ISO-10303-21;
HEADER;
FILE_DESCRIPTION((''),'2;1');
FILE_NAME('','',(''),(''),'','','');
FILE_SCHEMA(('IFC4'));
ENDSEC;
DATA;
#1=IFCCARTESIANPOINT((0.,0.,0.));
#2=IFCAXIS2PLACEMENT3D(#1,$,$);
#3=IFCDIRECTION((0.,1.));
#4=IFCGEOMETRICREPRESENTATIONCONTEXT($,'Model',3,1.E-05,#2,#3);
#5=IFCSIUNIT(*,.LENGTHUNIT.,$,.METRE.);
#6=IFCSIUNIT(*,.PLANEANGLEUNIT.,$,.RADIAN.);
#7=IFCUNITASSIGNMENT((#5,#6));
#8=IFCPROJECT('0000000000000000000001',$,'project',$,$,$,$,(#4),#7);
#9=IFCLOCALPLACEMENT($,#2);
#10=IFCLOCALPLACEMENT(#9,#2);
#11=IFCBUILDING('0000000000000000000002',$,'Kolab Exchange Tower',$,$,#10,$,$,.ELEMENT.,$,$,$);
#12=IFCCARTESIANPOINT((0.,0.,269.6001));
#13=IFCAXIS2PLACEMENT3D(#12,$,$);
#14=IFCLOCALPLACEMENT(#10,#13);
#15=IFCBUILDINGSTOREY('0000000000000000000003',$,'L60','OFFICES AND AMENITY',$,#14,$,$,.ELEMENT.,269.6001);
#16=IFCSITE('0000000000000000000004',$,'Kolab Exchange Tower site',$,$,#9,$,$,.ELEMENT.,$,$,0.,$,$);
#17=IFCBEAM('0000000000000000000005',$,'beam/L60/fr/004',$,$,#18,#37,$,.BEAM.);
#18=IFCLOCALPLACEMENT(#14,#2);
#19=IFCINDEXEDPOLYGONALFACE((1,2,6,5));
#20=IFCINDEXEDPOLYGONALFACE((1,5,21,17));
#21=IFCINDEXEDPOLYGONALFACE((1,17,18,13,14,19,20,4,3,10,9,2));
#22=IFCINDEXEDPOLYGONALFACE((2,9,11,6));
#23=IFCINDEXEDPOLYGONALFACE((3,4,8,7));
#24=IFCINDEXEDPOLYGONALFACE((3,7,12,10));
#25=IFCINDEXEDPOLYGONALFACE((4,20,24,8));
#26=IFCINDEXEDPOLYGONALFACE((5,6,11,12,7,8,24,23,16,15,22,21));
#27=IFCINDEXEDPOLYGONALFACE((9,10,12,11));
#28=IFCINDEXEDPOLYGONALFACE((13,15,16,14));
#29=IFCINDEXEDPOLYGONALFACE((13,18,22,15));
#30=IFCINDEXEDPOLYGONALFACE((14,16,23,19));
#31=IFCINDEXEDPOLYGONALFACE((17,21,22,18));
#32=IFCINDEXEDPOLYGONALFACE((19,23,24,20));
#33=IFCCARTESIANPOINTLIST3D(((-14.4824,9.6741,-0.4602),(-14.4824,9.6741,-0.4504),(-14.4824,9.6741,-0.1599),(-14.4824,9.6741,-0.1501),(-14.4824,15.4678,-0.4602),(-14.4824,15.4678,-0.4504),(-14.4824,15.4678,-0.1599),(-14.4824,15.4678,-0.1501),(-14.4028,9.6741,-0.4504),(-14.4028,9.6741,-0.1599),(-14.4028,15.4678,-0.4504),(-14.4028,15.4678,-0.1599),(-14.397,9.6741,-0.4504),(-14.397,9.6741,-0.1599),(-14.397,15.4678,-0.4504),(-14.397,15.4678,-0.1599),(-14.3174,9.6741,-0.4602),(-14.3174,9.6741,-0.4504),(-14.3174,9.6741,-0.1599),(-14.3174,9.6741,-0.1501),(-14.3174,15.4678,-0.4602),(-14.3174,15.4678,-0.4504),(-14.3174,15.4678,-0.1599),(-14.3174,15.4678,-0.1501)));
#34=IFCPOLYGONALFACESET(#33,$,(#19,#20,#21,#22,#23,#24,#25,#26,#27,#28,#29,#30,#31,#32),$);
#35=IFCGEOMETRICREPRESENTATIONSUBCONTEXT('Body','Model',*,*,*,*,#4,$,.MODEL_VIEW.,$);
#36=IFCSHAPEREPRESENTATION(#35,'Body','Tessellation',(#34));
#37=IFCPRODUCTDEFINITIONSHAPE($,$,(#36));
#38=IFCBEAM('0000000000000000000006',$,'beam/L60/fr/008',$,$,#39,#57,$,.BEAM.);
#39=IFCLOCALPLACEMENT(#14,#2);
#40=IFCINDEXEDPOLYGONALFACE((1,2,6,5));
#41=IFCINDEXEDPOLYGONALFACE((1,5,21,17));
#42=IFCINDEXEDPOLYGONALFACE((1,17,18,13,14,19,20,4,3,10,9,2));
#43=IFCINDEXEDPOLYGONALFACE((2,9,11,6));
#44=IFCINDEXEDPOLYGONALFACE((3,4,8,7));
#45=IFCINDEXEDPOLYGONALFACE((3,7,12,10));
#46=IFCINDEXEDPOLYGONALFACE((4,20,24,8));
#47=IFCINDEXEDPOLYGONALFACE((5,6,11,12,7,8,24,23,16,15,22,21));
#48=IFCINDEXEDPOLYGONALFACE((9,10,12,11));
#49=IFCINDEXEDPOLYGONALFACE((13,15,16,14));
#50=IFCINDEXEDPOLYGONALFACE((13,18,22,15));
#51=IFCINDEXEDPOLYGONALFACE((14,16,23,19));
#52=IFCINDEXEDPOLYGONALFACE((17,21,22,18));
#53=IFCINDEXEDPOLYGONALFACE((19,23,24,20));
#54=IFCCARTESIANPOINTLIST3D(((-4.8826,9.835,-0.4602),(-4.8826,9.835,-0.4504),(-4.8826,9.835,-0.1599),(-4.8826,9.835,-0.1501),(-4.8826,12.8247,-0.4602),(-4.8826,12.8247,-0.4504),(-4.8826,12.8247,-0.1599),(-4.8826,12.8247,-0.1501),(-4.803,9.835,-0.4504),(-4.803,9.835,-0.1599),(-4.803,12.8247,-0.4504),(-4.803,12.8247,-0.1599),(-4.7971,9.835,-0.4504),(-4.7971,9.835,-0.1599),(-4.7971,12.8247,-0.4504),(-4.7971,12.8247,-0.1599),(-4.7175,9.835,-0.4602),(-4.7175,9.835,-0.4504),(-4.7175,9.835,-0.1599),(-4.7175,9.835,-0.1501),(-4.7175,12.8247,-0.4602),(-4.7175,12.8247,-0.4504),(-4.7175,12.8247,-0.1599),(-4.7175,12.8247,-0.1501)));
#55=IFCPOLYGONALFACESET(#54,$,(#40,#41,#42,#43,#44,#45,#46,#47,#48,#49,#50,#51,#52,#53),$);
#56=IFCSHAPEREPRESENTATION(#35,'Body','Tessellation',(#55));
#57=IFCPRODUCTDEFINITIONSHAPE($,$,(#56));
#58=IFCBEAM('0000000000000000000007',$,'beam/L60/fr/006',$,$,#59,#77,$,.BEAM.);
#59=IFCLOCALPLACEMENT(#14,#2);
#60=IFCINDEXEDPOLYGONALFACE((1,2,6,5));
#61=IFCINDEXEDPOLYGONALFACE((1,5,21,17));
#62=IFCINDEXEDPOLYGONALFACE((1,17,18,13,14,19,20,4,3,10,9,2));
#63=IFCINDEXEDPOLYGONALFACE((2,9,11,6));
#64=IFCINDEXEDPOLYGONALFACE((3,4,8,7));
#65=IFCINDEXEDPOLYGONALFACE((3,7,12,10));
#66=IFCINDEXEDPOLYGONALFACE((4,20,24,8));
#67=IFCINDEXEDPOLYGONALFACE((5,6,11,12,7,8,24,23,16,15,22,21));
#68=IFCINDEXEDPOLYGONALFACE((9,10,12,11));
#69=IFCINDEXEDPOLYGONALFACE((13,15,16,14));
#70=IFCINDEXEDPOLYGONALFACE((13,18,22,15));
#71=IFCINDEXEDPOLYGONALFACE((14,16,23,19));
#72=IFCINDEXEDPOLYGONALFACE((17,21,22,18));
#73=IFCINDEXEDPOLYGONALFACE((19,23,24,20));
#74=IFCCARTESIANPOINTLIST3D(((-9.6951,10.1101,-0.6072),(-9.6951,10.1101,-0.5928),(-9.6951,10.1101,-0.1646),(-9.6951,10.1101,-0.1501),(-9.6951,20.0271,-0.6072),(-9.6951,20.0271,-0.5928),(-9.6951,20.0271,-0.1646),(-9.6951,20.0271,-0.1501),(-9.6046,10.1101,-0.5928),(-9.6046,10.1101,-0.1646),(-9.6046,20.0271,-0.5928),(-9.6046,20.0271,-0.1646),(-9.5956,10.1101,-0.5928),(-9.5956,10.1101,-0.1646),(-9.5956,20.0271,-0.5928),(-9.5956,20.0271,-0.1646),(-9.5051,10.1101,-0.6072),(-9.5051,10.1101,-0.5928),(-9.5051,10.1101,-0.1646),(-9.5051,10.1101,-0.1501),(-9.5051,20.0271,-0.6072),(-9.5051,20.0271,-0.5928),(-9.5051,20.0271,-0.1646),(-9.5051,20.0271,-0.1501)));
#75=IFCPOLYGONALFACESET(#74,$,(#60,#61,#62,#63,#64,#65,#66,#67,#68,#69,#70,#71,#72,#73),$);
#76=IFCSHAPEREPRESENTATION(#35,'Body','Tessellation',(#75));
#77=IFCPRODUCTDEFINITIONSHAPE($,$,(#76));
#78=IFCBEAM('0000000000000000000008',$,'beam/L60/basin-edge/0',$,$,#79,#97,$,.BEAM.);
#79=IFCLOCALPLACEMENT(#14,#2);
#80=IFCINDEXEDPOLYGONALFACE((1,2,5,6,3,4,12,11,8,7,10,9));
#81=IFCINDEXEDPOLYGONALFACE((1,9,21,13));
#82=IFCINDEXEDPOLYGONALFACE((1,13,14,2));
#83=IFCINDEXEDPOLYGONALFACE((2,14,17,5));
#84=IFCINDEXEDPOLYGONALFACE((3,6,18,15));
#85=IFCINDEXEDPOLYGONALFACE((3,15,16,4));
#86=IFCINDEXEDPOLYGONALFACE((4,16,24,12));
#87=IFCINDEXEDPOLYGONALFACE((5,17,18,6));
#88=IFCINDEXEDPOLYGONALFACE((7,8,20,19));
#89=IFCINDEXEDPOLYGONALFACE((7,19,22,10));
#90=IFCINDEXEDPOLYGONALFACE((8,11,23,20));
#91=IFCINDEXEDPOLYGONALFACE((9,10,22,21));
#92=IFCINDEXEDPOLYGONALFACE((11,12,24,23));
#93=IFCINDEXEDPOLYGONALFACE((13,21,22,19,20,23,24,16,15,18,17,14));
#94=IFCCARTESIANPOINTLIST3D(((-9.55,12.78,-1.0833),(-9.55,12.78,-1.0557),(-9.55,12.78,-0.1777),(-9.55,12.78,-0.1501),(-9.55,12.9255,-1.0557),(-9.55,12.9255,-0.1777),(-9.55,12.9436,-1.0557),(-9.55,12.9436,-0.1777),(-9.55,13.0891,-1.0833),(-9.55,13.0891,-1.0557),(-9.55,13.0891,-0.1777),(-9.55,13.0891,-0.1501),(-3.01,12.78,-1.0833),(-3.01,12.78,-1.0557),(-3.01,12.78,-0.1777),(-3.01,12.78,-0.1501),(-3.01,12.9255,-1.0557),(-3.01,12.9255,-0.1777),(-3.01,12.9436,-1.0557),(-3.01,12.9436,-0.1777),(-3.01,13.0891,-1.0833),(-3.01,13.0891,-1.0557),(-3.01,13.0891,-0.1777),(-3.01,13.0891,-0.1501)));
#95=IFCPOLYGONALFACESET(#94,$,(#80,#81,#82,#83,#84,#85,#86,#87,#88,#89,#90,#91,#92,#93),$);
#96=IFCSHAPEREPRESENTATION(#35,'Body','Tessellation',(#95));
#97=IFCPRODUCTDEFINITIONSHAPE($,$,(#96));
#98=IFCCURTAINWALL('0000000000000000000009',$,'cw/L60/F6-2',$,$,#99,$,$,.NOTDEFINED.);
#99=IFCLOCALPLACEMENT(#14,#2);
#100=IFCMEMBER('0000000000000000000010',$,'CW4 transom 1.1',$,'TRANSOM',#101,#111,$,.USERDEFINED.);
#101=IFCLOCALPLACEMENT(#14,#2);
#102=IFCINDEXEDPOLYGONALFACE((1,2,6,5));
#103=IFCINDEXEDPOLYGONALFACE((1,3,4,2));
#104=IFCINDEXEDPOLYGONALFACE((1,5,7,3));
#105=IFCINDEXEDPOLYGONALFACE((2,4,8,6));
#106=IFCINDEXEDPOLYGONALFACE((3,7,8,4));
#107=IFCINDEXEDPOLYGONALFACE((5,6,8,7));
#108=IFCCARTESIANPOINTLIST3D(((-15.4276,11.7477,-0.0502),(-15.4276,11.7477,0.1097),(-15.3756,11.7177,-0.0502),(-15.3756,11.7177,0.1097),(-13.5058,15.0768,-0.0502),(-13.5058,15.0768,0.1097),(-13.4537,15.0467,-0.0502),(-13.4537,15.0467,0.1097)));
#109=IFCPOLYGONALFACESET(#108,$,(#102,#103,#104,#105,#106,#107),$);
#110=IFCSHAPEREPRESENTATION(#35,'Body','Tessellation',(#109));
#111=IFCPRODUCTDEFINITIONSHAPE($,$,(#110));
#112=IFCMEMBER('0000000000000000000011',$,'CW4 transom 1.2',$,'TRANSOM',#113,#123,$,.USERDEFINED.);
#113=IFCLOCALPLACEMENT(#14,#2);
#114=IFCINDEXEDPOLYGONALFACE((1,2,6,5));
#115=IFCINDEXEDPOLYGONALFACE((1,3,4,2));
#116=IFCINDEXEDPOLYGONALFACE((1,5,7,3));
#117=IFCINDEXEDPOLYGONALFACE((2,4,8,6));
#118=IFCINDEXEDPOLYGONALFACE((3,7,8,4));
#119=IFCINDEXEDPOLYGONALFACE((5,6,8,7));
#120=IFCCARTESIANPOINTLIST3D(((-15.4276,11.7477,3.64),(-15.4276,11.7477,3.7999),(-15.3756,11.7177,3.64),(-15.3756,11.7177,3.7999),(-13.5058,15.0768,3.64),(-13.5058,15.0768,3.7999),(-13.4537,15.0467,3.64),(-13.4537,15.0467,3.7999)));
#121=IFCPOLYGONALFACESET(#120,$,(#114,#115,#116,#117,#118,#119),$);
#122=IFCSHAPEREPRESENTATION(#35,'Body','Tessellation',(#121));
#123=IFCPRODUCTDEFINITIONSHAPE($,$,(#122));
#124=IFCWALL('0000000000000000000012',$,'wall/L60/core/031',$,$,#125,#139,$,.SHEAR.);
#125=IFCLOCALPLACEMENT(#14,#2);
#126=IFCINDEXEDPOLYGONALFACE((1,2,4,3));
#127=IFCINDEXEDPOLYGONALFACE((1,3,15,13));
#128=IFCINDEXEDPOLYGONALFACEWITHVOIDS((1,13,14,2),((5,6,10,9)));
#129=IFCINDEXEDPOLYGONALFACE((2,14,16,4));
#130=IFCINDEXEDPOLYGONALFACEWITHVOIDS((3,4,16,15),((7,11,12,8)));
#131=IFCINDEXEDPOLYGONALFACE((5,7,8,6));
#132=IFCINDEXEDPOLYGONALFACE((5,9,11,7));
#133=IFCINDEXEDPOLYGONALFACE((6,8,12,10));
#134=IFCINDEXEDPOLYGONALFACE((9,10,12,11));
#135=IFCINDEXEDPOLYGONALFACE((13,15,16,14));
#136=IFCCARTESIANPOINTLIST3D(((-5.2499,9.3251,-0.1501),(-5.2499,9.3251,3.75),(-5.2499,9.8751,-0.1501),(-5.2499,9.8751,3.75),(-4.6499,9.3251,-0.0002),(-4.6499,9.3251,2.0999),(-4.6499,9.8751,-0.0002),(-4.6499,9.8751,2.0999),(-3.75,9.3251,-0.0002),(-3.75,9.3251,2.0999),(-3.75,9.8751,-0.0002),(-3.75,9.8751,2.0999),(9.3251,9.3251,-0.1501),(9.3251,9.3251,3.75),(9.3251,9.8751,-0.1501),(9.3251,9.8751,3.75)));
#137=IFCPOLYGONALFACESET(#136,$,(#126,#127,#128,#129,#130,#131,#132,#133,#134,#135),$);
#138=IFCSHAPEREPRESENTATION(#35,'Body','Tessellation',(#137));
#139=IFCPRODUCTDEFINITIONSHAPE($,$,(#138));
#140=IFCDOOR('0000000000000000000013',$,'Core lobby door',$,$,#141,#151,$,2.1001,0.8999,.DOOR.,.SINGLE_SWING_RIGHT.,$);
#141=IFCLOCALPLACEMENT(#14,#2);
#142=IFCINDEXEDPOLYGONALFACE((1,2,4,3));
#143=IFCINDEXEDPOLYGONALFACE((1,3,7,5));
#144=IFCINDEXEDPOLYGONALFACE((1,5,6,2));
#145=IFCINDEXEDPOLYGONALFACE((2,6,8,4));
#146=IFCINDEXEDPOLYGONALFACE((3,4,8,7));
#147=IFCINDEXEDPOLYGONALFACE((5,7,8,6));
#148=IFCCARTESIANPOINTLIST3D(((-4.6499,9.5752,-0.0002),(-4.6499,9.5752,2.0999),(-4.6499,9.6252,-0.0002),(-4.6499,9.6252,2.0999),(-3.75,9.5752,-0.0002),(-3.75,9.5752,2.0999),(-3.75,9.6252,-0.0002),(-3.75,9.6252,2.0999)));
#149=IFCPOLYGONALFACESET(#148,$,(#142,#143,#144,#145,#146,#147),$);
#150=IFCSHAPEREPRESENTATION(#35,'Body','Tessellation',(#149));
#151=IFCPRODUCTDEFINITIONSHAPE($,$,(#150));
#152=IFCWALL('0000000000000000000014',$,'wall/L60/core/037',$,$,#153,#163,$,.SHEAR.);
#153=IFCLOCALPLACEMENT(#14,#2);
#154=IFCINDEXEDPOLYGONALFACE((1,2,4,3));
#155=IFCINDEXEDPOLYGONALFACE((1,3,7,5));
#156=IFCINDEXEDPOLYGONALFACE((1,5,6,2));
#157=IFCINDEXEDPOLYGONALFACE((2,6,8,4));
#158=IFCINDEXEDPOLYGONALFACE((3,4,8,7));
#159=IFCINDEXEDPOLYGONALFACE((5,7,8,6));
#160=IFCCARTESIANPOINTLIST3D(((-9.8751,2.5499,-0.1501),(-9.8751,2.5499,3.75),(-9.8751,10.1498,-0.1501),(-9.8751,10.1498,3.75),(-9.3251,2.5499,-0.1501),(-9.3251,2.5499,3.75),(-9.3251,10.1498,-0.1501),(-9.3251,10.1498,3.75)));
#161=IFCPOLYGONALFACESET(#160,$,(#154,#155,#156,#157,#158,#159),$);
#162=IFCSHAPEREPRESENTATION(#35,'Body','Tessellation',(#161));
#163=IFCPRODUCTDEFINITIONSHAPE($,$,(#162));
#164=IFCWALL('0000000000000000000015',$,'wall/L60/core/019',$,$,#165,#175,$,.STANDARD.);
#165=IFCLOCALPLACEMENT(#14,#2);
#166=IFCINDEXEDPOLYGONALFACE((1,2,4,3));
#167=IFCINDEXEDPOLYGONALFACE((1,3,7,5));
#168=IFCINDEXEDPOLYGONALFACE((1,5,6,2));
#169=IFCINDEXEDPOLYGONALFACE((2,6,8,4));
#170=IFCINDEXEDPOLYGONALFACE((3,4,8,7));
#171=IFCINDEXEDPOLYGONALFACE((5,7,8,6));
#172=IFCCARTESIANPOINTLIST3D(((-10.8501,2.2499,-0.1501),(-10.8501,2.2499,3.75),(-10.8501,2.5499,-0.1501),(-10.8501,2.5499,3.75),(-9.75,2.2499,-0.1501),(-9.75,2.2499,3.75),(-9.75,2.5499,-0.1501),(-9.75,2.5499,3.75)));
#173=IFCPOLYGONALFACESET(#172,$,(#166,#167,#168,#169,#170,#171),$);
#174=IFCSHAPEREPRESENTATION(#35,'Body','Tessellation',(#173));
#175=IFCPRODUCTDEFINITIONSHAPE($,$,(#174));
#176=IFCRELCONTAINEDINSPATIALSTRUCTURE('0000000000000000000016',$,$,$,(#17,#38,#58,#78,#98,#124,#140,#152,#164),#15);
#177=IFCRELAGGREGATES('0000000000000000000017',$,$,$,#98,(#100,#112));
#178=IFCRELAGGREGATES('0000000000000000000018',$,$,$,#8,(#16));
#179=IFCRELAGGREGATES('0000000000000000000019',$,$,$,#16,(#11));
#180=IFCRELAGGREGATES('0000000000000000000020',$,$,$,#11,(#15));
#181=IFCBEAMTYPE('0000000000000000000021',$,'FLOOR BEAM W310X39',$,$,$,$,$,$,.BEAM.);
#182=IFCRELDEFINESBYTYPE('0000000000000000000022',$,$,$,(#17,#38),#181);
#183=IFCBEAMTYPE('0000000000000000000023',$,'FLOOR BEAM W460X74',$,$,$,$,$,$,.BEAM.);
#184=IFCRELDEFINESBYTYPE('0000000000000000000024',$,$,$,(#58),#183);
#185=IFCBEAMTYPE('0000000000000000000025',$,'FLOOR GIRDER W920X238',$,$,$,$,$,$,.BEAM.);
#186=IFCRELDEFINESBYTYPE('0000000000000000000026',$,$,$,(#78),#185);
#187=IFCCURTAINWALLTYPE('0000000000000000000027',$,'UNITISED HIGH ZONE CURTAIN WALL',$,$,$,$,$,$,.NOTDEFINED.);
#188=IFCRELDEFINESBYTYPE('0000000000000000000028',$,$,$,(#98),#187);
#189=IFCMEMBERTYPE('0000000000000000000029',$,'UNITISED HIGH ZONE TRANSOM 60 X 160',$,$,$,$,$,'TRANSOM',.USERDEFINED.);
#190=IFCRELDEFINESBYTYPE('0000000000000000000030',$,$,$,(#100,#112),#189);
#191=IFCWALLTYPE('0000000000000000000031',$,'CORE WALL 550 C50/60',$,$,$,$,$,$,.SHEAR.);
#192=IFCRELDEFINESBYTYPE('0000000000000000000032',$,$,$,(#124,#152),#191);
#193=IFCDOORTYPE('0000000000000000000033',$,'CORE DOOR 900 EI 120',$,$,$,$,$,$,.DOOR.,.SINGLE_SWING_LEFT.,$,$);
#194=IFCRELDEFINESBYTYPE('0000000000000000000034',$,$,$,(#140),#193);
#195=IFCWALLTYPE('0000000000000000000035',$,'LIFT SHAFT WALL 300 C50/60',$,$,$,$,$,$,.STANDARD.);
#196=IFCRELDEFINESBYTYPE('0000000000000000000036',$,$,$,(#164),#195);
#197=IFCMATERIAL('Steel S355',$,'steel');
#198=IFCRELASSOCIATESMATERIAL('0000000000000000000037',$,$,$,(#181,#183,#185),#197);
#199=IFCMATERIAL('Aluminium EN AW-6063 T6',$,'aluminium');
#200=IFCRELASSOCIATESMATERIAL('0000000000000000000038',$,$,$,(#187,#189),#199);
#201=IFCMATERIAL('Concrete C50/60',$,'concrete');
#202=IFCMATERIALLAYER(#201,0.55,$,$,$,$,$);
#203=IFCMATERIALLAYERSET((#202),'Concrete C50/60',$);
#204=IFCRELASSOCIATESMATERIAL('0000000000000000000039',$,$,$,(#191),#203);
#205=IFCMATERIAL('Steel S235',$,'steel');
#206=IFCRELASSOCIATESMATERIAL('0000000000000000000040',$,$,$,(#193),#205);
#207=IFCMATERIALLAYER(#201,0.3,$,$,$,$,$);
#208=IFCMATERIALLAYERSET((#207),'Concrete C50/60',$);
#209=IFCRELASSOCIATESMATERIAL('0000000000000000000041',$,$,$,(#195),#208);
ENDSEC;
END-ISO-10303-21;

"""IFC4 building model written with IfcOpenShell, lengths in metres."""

from ifc_helpers import new_model, si_unit, direction, frame, frame_2d, origin, origin_2d, place, context, subcontext, project, spatial, rectangle, i_section, extrude, material, layer, layer_set, material_profile, profile_set, type_object, element, fill, aggregate, save


model = new_model("IFC4")

# Units and contexts
model_context = context("Model", 3, precision=1e-05, world=origin(), true_north=direction((0.0, 1.0)))
body_context = subcontext(model_context, "Body", "Model", "MODEL_VIEW")
ifc_project = project(units=[si_unit("LENGTHUNIT", "METRE"), si_unit("PLANEANGLEUNIT", "RADIAN")], contexts=[model_context])

# Site, building, storey
site_placement = place(None, origin())
site = spatial("IfcSite", under=ifc_project, at=site_placement, Name="Kolab Exchange Tower site", CompositionType="ELEMENT", RefElevation=0.0)
building_placement = place(site_placement, origin())
building = spatial("IfcBuilding", under=site, at=building_placement, Name="Kolab Exchange Tower", CompositionType="ELEMENT")
storey_placement = place(building_placement, frame((0.0, 0.0, 269.6001)))
storey = spatial("IfcBuildingStorey", under=building, at=storey_placement, Name="L60", Description="OFFICES AND AMENITY", CompositionType="ELEMENT", Elevation=269.6001)

# Beams
ifc_material_1 = material(Name="Steel S355", Category="steel")
ifc_material_profile_1 = material_profile(ifc_material_1, i_section(OverallWidth=0.165, OverallDepth=0.3101, WebThickness=0.0059, FlangeThickness=0.0098, at=origin_2d()), Name="W310X39")
ifc_profile_set_1 = profile_set([ifc_material_profile_1], Name="Steel S355")
beam_type_1 = type_object("IfcBeamType", Name="FLOOR BEAM W310X39", PredefinedType="BEAM", material=ifc_profile_set_1)
beam_1_placement = place(storey_placement, frame((-14.3999, 9.6741, -0.3052), z_axis=(0.0, 1.0, 0.0), x_axis=(-1.0, 0.0, 0.0)))
element("IfcBeam", 1, at=beam_1_placement, inside=storey, type_object=beam_type_1, Name="beam/L60/fr/004", PredefinedType="BEAM", context=body_context, shape_type="SweptSolid", body=[
    extrude(i_section(OverallWidth=0.165, OverallDepth=0.3101, WebThickness=0.0059, FlangeThickness=0.0098, at=origin_2d()), origin(), (0.0, 0.0, 1.0), 5.7937),
])
beam_2_placement = place(storey_placement, frame((-4.8, 9.835, -0.3052), z_axis=(0.0, 1.0, 0.0), x_axis=(-1.0, 0.0, 0.0)))
element("IfcBeam", 2, at=beam_2_placement, inside=storey, type_object=beam_type_1, Name="beam/L60/fr/008", PredefinedType="BEAM", context=body_context, shape_type="SweptSolid", body=[
    extrude(i_section(OverallWidth=0.165, OverallDepth=0.3101, WebThickness=0.0059, FlangeThickness=0.0098, at=origin_2d()), origin(), (0.0, 0.0, 1.0), 2.9897),
])
ifc_material_profile_2 = material_profile(ifc_material_1, i_section(OverallWidth=0.1899, OverallDepth=0.457, WebThickness=0.009, FlangeThickness=0.0144, at=origin_2d()), Name="W460X74")
ifc_profile_set_2 = profile_set([ifc_material_profile_2], Name="Steel S355")
beam_type_2 = type_object("IfcBeamType", Name="FLOOR BEAM W460X74", PredefinedType="BEAM", material=ifc_profile_set_2)
beam_3_placement = place(storey_placement, frame((-9.6001, 10.1101, -0.3787), z_axis=(0.0, 1.0, 0.0), x_axis=(-1.0, 0.0, 0.0)))
element("IfcBeam", 3, at=beam_3_placement, inside=storey, type_object=beam_type_2, Name="beam/L60/fr/006", PredefinedType="BEAM", context=body_context, shape_type="SweptSolid", body=[
    extrude(i_section(OverallWidth=0.1899, OverallDepth=0.457, WebThickness=0.009, FlangeThickness=0.0144, at=origin_2d()), origin(), (0.0, 0.0, 1.0), 9.917),
])
ifc_material_profile_3 = material_profile(ifc_material_1, i_section(OverallWidth=0.3091, OverallDepth=0.9331, WebThickness=0.0181, FlangeThickness=0.0276, at=origin_2d()), Name="W920X238")
ifc_profile_set_3 = profile_set([ifc_material_profile_3], Name="Steel S355")
beam_type_3 = type_object("IfcBeamType", Name="FLOOR GIRDER W920X238", PredefinedType="BEAM", material=ifc_profile_set_3)
beam_4_placement = place(storey_placement, frame((-9.55, 12.9346, -0.6167), z_axis=(1.0, 0.0, 0.0), x_axis=(0.0, 1.0, 0.0)))
element("IfcBeam", 4, at=beam_4_placement, inside=storey, type_object=beam_type_3, Name="beam/L60/basin-edge/0", PredefinedType="BEAM", context=body_context, shape_type="SweptSolid", body=[
    extrude(i_section(OverallWidth=0.3091, OverallDepth=0.9331, WebThickness=0.0181, FlangeThickness=0.0276, at=origin_2d()), origin(), (0.0, 0.0, 1.0), 6.54),
])

# Curtain wall, members
ifc_material_2 = material(Name="Aluminium EN AW-6063 T6", Category="aluminium")
curtain_wall_type = type_object("IfcCurtainWallType", Name="UNITISED HIGH ZONE CURTAIN WALL", PredefinedType="NOTDEFINED", material=ifc_material_2)
curtain_wall_placement = place(storey_placement, origin())
curtain_wall = element("IfcCurtainWall", 5, at=curtain_wall_placement, inside=storey, type_object=curtain_wall_type, Name="cw/L60/F6-2", PredefinedType="NOTDEFINED")
ifc_material_profile_4 = material_profile(ifc_material_2, rectangle(XDim=0.0601, YDim=0.1599, at=origin_2d()), Name="RECT 60X160")
ifc_profile_set_4 = profile_set([ifc_material_profile_4], Name="Aluminium EN AW-6063 T6")
member_type = type_object("IfcMemberType", Name="UNITISED HIGH ZONE TRANSOM 60 X 160", ElementType="TRANSOM", PredefinedType="USERDEFINED", material=ifc_profile_set_4)
member_1_placement = place(storey_placement, frame((-15.4016, 11.7327, 0.0298), z_axis=(0.499964, 0.866046, 0.0), x_axis=(-0.866046, 0.499964, 0.0)))
member_1 = element("IfcMember", 6, at=member_1_placement, type_object=member_type, Name="CW4 transom 1.1", ObjectType="TRANSOM", PredefinedType="USERDEFINED", context=body_context, shape_type="SweptSolid", body=[
    extrude(rectangle(XDim=0.0601, YDim=0.1599, at=origin_2d()), origin(), (0.0, 0.0, 1.0), 3.844),
])
member_2_placement = place(storey_placement, frame((-15.4016, 11.7327, 3.72), z_axis=(0.499964, 0.866046, 0.0), x_axis=(-0.866046, 0.499964, 0.0)))
member_2 = element("IfcMember", 7, at=member_2_placement, type_object=member_type, Name="CW4 transom 1.2", ObjectType="TRANSOM", PredefinedType="USERDEFINED", context=body_context, shape_type="SweptSolid", body=[
    extrude(rectangle(XDim=0.0601, YDim=0.1599, at=origin_2d()), origin(), (0.0, 0.0, 1.0), 3.844),
])
aggregate(curtain_wall, [member_1, member_2])

# Wall, opening, door
ifc_material_3 = material(Name="Concrete C50/60", Category="concrete")
ifc_layer_1 = layer(ifc_material_3, 0.55)
ifc_layer_set_1 = layer_set([ifc_layer_1], Name="Concrete C50/60")
wall_type_1 = type_object("IfcWallType", Name="CORE WALL 550 C50/60", PredefinedType="SHEAR", material=ifc_layer_set_1)
wall_1_placement = place(storey_placement, frame((-5.25, 9.6001, -0.1501), z_axis=(0.0, 0.0, 1.0), x_axis=(1.0, 0.0, 0.0)))
wall_1 = element("IfcWall", 8, at=wall_1_placement, inside=storey, type_object=wall_type_1, Name="wall/L60/core/031", PredefinedType="SHEAR", context=body_context, shape_type="SweptSolid", body=[
    extrude(rectangle(XDim=14.575, YDim=0.55, at=frame_2d((7.2876, 0.0))), origin(), (0.0, 0.0, 1.0), 3.9001),
])
opening_1_placement = place(wall_1_placement, frame((0.6001, 0.0, 0.1499)))
opening_1 = element("IfcOpeningElement", 9, at=opening_1_placement, cuts=wall_1, PredefinedType="OPENING", context=body_context, shape_type="SweptSolid", body=[
    extrude(rectangle(XDim=0.8999, YDim=2.1001, at=frame_2d((0.45, 1.05))), frame((0.0, 0.2852, 0.0), z_axis=(0.0, -1.0, 0.0), x_axis=(1.0, 0.0, 0.0)), (0.0, 0.0, 1.0), 0.5701),
])
ifc_material_4 = material(Name="Steel S235", Category="steel")
door_type_1 = type_object("IfcDoorType", Name="CORE DOOR 900 EI 120", OperationType="SINGLE_SWING_LEFT", PredefinedType="DOOR", material=ifc_material_4)
door_1_placement = place(opening_1_placement, frame((0.8999, 0.0, 0.0), z_axis=(0.0, 0.0, 1.0), x_axis=(-1.0, 0.0, 0.0)))
door_1 = element("IfcDoor", 10, at=door_1_placement, inside=storey, type_object=door_type_1, Name="Core lobby door", OperationType="SINGLE_SWING_RIGHT", OverallHeight=2.1001, OverallWidth=0.8999, PredefinedType="DOOR", context=body_context, shape_type="SweptSolid", body=[
    extrude(rectangle(XDim=0.8999, YDim=2.1001, at=frame_2d((0.45, 1.05))), frame((0.0, 0.0249, 0.0), z_axis=(0.0, -1.0, 0.0), x_axis=(1.0, 0.0, 0.0)), (0.0, 0.0, 1.0), 0.05),
])
fill(opening_1, door_1)

# Walls
wall_2_placement = place(storey_placement, frame((-9.6001, 2.55, -0.1501), z_axis=(0.0, 0.0, 1.0), x_axis=(0.0, 1.0, 0.0)))
element("IfcWall", 11, at=wall_2_placement, inside=storey, type_object=wall_type_1, Name="wall/L60/core/037", PredefinedType="SHEAR", context=body_context, shape_type="SweptSolid", body=[
    extrude(rectangle(XDim=7.5999, YDim=0.55, at=frame_2d((3.7998, 0.0))), origin(), (0.0, 0.0, 1.0), 3.9001),
])
ifc_layer_2 = layer(ifc_material_3, 0.3)
ifc_layer_set_2 = layer_set([ifc_layer_2], Name="Concrete C50/60")
wall_type_2 = type_object("IfcWallType", Name="LIFT SHAFT WALL 300 C50/60", PredefinedType="STANDARD", material=ifc_layer_set_2)
wall_3_placement = place(storey_placement, frame((-10.8501, 2.3999, -0.1501), z_axis=(0.0, 0.0, 1.0), x_axis=(1.0, 0.0, 0.0)))
element("IfcWall", 12, at=wall_3_placement, inside=storey, type_object=wall_type_2, Name="wall/L60/core/019", PredefinedType="STANDARD", context=body_context, shape_type="SweptSolid", body=[
    extrude(rectangle(XDim=1.1001, YDim=0.3, at=frame_2d((0.55, 0.0))), origin(), (0.0, 0.0, 1.0), 3.9001),
])

save(model, "model.ifc")
